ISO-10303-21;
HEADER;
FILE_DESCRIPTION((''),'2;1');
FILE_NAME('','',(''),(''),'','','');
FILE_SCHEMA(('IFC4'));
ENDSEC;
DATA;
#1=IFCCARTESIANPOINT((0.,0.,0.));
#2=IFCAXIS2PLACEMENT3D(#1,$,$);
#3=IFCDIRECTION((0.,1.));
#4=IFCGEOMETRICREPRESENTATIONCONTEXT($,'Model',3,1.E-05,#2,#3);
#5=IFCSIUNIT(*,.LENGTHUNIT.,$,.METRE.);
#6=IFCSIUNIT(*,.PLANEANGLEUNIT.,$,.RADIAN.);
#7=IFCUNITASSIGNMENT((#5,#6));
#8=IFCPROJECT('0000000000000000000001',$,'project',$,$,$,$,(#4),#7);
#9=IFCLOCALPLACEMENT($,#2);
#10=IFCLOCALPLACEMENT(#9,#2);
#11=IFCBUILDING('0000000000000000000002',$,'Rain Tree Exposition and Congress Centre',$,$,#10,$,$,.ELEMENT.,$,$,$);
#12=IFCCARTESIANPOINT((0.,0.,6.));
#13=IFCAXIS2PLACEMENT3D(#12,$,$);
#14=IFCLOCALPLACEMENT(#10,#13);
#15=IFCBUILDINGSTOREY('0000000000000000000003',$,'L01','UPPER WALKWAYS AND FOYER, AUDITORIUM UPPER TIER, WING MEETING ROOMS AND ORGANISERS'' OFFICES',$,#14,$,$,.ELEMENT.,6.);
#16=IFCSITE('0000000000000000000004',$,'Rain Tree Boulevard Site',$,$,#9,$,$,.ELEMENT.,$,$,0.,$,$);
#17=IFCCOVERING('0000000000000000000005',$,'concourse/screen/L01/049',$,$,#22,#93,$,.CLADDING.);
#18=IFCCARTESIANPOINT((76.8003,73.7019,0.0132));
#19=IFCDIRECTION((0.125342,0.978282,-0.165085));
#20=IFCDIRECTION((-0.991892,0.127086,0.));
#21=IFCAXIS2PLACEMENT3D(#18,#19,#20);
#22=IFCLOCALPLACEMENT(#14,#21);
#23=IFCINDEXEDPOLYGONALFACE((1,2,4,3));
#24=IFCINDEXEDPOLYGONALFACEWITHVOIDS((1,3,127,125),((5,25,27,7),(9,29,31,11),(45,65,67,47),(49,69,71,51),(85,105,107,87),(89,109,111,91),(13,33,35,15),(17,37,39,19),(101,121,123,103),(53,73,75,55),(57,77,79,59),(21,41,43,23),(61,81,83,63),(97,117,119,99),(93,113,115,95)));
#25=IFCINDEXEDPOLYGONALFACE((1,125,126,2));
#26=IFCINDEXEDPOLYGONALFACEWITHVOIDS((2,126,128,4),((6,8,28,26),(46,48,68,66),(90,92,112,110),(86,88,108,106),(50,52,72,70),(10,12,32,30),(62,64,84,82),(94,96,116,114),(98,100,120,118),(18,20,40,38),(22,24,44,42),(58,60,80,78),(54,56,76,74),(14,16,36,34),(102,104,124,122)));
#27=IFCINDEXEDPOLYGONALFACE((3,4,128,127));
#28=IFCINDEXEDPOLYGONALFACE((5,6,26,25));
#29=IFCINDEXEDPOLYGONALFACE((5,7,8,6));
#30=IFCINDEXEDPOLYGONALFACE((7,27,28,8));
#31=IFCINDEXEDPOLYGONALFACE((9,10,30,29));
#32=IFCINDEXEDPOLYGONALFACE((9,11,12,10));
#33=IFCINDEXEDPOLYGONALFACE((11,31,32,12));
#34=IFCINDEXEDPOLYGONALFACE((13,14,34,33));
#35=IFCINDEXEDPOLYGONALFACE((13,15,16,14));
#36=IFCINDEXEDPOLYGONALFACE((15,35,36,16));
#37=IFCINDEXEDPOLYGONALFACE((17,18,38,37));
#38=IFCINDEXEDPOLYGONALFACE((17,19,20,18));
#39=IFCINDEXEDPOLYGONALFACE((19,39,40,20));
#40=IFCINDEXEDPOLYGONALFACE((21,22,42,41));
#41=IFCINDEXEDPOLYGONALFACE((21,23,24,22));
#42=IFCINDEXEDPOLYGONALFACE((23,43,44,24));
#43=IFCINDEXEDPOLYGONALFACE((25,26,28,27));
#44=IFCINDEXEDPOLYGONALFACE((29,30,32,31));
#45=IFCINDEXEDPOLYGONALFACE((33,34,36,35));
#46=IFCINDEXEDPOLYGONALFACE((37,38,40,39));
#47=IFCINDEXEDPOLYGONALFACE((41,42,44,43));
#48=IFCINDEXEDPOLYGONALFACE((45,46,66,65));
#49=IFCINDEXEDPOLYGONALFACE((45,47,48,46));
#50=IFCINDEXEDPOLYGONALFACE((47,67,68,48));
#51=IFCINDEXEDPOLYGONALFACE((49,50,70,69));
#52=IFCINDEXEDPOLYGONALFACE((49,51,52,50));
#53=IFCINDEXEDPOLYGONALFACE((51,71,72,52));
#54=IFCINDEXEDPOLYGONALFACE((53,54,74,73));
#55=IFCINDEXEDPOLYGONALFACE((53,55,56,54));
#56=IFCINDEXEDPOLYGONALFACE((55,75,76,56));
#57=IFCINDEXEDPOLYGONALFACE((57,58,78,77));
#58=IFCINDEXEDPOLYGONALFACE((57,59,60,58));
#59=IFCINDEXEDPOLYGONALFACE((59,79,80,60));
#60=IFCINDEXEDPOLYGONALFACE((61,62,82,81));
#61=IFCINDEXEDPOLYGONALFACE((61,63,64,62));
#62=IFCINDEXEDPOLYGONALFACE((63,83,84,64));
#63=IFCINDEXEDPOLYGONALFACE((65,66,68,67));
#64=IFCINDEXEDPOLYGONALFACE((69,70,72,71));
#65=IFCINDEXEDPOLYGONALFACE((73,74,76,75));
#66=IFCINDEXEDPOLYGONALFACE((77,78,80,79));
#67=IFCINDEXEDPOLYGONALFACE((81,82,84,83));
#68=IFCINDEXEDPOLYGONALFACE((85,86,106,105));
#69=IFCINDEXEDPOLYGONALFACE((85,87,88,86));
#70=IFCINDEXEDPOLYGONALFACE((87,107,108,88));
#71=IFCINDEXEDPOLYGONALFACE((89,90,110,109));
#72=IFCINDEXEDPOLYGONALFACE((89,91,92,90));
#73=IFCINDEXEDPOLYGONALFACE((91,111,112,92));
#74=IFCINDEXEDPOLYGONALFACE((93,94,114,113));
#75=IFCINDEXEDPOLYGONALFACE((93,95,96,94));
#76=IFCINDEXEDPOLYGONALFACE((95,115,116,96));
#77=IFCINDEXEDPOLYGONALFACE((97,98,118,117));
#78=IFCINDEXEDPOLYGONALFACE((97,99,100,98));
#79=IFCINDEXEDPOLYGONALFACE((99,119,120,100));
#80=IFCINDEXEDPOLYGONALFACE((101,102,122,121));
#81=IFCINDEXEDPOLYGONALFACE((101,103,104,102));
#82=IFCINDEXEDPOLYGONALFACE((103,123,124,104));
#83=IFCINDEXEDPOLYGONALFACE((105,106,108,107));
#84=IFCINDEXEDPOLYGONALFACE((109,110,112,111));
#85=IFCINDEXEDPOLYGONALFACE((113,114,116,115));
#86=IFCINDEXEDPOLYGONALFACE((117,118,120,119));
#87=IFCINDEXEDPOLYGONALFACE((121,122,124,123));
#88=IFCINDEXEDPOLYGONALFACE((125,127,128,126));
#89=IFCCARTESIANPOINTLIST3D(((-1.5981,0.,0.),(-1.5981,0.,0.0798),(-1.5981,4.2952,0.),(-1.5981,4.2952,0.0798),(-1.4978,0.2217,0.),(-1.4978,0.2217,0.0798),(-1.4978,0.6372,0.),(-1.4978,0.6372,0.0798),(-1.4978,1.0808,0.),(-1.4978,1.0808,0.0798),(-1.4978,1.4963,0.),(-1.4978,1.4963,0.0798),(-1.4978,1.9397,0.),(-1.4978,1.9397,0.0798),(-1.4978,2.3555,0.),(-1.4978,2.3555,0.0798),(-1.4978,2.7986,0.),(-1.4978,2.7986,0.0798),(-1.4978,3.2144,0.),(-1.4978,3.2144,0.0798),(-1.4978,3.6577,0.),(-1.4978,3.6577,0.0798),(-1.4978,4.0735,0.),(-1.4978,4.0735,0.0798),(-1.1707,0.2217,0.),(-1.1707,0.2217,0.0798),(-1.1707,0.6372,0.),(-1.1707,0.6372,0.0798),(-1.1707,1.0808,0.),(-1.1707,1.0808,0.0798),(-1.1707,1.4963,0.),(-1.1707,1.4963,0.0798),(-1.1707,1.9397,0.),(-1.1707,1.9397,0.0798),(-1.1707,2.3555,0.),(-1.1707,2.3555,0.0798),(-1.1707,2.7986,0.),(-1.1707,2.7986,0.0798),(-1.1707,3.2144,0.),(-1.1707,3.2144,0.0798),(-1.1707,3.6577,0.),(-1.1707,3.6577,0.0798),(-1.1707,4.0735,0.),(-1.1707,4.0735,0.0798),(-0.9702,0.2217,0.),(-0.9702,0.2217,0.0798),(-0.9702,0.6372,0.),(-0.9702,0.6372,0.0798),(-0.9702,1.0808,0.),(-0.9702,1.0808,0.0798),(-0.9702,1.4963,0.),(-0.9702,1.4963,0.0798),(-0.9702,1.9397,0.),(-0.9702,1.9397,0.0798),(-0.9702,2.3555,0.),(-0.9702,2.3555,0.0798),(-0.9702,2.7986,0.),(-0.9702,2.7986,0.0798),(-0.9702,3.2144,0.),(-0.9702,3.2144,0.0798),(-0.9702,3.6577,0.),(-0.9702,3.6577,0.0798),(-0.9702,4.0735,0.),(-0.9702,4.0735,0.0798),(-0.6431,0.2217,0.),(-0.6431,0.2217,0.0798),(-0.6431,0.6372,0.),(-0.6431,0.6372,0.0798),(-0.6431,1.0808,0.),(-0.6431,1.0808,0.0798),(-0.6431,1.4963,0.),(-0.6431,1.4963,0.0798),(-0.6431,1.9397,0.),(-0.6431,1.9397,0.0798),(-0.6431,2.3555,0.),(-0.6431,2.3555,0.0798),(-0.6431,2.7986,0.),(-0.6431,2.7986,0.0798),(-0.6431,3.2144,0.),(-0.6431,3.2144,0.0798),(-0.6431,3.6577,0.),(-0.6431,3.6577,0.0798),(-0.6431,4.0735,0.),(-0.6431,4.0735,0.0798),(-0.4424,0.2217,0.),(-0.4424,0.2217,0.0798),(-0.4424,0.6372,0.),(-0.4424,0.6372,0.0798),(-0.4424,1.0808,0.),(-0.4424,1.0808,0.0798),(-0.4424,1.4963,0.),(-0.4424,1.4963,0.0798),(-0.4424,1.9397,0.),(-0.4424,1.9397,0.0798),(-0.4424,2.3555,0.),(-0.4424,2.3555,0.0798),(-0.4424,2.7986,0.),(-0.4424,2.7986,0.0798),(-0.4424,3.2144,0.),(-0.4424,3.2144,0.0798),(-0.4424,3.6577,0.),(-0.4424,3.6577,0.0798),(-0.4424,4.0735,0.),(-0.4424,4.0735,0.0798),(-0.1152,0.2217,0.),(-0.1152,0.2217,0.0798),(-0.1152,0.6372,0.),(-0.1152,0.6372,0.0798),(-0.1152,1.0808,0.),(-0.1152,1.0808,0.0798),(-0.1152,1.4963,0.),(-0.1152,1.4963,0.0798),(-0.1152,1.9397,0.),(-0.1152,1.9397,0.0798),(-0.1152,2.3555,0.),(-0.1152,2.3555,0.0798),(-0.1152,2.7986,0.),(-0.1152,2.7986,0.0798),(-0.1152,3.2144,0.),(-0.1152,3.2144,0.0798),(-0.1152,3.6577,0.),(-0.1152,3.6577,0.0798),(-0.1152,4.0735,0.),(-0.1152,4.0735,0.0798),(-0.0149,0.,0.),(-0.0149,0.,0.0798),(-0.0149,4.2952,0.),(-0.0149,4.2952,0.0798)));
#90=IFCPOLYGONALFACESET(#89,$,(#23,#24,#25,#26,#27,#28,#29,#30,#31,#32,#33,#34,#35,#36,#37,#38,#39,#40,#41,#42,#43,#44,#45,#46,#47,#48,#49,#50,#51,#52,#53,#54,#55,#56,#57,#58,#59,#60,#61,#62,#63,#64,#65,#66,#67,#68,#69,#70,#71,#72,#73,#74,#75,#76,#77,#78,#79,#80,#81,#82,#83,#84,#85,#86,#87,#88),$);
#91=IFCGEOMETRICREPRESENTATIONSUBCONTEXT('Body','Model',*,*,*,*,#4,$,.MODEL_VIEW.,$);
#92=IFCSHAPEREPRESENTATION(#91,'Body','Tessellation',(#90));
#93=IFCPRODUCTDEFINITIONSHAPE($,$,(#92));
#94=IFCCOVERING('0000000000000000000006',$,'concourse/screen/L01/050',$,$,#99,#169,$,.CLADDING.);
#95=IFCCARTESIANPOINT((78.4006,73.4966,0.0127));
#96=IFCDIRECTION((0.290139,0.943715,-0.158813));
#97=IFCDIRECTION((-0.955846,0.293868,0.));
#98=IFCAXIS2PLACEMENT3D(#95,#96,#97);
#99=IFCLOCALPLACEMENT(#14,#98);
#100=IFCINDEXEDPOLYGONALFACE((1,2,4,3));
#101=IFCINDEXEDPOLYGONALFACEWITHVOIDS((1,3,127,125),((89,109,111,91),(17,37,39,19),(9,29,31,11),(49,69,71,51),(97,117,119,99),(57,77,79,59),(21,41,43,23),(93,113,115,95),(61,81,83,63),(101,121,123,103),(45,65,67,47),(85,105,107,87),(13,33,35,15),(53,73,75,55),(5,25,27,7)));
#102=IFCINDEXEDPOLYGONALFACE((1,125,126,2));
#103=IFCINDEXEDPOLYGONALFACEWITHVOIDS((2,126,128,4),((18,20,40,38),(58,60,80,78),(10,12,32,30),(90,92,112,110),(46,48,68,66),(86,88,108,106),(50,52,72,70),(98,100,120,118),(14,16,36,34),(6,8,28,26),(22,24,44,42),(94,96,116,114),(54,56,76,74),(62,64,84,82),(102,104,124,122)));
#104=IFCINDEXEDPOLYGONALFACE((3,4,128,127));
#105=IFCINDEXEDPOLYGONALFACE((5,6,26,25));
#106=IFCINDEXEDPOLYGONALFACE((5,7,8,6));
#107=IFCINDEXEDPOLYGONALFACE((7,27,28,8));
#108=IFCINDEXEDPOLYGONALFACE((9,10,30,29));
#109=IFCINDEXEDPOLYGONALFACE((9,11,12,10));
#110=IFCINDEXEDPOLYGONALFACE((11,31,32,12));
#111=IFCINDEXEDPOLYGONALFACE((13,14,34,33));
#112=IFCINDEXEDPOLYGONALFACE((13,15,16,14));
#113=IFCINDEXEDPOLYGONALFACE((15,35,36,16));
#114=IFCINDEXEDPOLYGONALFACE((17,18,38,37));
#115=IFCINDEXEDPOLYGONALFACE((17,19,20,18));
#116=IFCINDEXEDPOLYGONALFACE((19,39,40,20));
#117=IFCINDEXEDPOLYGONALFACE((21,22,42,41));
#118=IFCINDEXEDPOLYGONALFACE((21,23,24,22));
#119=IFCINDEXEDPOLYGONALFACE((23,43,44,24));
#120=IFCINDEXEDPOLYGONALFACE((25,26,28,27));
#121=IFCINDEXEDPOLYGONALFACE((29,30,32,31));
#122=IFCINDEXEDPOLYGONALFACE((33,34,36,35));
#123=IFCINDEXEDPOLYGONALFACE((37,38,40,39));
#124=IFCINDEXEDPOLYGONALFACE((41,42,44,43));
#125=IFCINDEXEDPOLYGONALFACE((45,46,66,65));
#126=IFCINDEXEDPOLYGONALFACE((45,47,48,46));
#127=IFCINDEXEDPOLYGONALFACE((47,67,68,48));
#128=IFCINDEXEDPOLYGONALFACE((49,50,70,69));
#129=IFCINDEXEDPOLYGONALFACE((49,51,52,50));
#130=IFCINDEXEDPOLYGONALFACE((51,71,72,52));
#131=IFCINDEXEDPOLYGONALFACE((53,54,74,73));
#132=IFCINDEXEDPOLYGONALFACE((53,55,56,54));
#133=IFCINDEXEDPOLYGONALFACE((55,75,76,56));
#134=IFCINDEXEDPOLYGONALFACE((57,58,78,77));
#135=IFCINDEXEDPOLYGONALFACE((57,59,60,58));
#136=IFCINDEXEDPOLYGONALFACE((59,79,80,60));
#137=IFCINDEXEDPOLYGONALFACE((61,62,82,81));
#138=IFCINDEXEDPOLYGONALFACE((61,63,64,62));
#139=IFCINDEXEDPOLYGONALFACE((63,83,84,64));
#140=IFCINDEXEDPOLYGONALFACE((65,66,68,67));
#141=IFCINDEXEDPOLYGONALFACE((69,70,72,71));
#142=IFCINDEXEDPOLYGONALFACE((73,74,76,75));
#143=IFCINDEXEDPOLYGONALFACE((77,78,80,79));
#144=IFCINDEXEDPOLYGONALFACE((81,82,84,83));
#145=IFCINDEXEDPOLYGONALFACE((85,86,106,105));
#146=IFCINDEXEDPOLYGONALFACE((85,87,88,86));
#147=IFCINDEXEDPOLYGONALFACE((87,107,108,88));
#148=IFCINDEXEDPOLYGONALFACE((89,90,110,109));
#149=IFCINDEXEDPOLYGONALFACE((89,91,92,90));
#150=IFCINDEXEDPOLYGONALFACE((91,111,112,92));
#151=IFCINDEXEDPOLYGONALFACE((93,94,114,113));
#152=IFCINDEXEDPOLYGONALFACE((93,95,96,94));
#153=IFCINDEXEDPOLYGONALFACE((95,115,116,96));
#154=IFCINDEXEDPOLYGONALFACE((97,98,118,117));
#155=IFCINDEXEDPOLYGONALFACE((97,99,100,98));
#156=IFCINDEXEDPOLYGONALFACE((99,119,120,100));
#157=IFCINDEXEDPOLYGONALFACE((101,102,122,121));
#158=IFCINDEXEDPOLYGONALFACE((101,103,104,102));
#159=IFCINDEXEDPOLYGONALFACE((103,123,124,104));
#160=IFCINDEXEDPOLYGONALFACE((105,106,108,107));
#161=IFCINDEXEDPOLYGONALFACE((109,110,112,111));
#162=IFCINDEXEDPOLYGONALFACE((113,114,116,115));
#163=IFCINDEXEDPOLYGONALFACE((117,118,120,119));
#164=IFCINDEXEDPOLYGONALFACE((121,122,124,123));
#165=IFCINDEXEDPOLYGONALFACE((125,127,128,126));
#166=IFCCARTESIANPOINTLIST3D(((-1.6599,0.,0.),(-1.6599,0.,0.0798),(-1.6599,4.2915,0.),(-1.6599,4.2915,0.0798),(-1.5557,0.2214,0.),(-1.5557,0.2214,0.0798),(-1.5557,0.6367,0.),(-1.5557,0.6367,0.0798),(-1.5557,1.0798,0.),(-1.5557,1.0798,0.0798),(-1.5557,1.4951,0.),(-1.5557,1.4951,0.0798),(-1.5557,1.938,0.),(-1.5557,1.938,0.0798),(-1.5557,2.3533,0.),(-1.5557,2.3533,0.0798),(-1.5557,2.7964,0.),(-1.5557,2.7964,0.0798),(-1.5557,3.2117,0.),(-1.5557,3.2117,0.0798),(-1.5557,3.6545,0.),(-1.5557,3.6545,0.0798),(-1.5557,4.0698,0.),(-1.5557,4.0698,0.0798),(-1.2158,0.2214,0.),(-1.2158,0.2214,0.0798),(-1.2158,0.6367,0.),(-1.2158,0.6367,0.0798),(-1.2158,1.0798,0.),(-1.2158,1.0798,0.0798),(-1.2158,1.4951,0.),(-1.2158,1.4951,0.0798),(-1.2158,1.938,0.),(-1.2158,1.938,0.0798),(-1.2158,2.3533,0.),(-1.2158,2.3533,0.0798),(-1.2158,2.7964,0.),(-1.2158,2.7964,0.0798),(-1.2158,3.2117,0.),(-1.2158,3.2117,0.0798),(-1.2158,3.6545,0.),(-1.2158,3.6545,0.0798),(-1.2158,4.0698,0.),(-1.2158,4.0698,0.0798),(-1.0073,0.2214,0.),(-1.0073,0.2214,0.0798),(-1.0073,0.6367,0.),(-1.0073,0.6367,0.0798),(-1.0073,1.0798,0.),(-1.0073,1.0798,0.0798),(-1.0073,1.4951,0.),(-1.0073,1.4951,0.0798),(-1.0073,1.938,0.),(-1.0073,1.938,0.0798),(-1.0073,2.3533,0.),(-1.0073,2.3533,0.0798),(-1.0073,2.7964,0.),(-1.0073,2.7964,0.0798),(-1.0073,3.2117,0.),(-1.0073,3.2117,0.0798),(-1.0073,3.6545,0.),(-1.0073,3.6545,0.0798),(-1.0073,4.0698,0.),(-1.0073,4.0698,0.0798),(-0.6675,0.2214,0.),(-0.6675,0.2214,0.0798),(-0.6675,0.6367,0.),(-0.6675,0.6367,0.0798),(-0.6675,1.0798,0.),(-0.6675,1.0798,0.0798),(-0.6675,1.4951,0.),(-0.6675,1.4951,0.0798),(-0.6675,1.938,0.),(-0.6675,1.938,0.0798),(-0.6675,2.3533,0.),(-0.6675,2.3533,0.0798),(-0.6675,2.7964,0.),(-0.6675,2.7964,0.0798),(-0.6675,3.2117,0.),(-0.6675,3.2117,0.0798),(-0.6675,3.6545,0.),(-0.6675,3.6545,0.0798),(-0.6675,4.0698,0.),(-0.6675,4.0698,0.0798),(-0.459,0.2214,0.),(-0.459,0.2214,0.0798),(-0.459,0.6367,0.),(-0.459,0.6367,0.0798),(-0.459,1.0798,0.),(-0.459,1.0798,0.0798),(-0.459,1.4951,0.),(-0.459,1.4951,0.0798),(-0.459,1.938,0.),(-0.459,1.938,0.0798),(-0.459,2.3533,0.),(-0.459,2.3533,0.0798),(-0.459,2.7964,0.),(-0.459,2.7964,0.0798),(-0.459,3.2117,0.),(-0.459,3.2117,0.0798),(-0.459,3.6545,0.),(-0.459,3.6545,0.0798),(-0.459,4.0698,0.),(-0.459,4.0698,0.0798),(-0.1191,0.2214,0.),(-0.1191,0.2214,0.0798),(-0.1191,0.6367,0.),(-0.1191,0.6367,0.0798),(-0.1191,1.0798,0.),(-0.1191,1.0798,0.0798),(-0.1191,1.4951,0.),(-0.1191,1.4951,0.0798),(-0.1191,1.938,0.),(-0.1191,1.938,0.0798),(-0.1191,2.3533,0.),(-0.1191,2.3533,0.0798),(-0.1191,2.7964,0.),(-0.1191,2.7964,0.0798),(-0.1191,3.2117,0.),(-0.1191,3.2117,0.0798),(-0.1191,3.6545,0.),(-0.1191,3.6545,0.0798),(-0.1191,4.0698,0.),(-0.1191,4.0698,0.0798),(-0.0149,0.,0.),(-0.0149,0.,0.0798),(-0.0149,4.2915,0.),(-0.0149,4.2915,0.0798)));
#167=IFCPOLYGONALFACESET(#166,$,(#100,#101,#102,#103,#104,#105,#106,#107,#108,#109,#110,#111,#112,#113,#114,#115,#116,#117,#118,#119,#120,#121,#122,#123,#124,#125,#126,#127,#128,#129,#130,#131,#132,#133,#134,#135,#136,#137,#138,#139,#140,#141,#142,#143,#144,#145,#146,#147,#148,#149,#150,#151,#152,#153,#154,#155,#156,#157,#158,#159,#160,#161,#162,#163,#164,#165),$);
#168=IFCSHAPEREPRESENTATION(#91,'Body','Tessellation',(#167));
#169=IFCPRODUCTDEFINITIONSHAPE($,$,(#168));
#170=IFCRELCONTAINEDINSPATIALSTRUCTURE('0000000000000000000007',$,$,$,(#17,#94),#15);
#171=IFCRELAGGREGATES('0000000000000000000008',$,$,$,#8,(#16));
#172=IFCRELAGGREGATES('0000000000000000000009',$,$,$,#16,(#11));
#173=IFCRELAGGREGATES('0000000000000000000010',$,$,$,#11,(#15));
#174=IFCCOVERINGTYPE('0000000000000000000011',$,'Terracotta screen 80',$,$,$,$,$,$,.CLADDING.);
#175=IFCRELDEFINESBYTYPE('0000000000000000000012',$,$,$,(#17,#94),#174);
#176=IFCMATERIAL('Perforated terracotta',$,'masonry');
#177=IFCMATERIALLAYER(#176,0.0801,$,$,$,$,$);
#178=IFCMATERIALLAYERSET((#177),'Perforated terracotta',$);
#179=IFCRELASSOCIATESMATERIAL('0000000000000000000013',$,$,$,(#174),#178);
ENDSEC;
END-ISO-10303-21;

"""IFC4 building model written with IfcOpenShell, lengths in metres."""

from ifc_helpers import new_model, si_unit, direction, frame, origin, place, context, subcontext, project, spatial, polyline, outline, extrude, material, layer, layer_set, type_object, element, save


model = new_model("IFC4")

# Units and contexts
model_context = context("Model", 3, precision=1e-05, world=origin(), true_north=direction((0.0, 1.0)))
body_context = subcontext(model_context, "Body", "Model", "MODEL_VIEW")
ifc_project = project(units=[si_unit("LENGTHUNIT", "METRE"), si_unit("PLANEANGLEUNIT", "RADIAN")], contexts=[model_context])

# Site, building, storey
site_placement = place(None, origin())
site = spatial("IfcSite", under=ifc_project, at=site_placement, Name="Rain Tree Boulevard Site", CompositionType="ELEMENT", RefElevation=0.0)
building_placement = place(site_placement, origin())
building = spatial("IfcBuilding", under=site, at=building_placement, Name="Rain Tree Exposition and Congress Centre", CompositionType="ELEMENT")
storey_placement = place(building_placement, frame((0.0, 0.0, 6.0)))
storey = spatial("IfcBuildingStorey", under=building, at=storey_placement, Name="L01", Description="UPPER WALKWAYS AND FOYER, AUDITORIUM UPPER TIER, WING MEETING ROOMS AND ORGANISERS' OFFICES", CompositionType="ELEMENT", Elevation=6.0)

# Coverings
ifc_material_1 = material(Name="Perforated terracotta", Category="masonry")
ifc_layer = layer(ifc_material_1, 0.0801)
ifc_layer_set = layer_set([ifc_layer], Name="Perforated terracotta")
covering_type = type_object("IfcCoveringType", Name="Terracotta screen 80", PredefinedType="CLADDING", material=ifc_layer_set)
covering_1_placement = place(storey_placement, frame((76.8003, 73.7019, 0.0132), z_axis=(0.125342, 0.978282, -0.165085), x_axis=(-0.991892, 0.127086, 0.0)))
element("IfcCovering", 1, at=covering_1_placement, inside=storey, type_object=covering_type, Name="concourse/screen/L01/049", PredefinedType="CLADDING", context=body_context, shape_type="SweptSolid", body=[
    extrude(outline(polyline([(-1.5981, 0.0), (-1.5981, 4.2952), (-0.0149, 4.2952), (-0.0149, 0.0), (-1.5981, 0.0)]), holes=[polyline([(-0.1152, 0.2217), (-0.1152, 0.6372), (-0.4424, 0.6372), (-0.4424, 0.2217), (-0.1152, 0.2217)]), polyline([(-0.1152, 1.0808), (-0.1152, 1.4963), (-0.4424, 1.4963), (-0.4424, 1.0808), (-0.1152, 1.0808)]), polyline([(-0.1152, 1.9397), (-0.1152, 2.3555), (-0.4424, 2.3555), (-0.4424, 1.9397), (-0.1152, 1.9397)]), polyline([(-0.1152, 2.7986), (-0.1152, 3.2144), (-0.4424, 3.2144), (-0.4424, 2.7986), (-0.1152, 2.7986)]), polyline([(-0.1152, 3.6577), (-0.1152, 4.0735), (-0.4424, 4.0735), (-0.4424, 3.6577), (-0.1152, 3.6577)]), polyline([(-0.6431, 0.2217), (-0.6431, 0.6372), (-0.9702, 0.6372), (-0.9702, 0.2217), (-0.6431, 0.2217)]), polyline([(-0.6431, 1.0808), (-0.6431, 1.4963), (-0.9702, 1.4963), (-0.9702, 1.0808), (-0.6431, 1.0808)]), polyline([(-0.6431, 1.9397), (-0.6431, 2.3555), (-0.9702, 2.3555), (-0.9702, 1.9397), (-0.6431, 1.9397)]), polyline([(-0.6431, 2.7986), (-0.6431, 3.2144), (-0.9702, 3.2144), (-0.9702, 2.7986), (-0.6431, 2.7986)]), polyline([(-0.6431, 3.6577), (-0.6431, 4.0735), (-0.9702, 4.0735), (-0.9702, 3.6577), (-0.6431, 3.6577)]), polyline([(-1.1707, 0.2217), (-1.1707, 0.6372), (-1.4978, 0.6372), (-1.4978, 0.2217), (-1.1707, 0.2217)]), polyline([(-1.1707, 1.0808), (-1.1707, 1.4963), (-1.4978, 1.4963), (-1.4978, 1.0808), (-1.1707, 1.0808)]), polyline([(-1.1707, 1.9397), (-1.1707, 2.3555), (-1.4978, 2.3555), (-1.4978, 1.9397), (-1.1707, 1.9397)]), polyline([(-1.1707, 2.7986), (-1.1707, 3.2144), (-1.4978, 3.2144), (-1.4978, 2.7986), (-1.1707, 2.7986)]), polyline([(-1.1707, 3.6577), (-1.1707, 4.0735), (-1.4978, 4.0735), (-1.4978, 3.6577), (-1.1707, 3.6577)])]), origin(), (0.0, 0.0, 1.0), 0.0798),
])
covering_2_placement = place(storey_placement, frame((78.4006, 73.4966, 0.0127), z_axis=(0.290139, 0.943715, -0.158813), x_axis=(-0.955846, 0.293868, 0.0)))
element("IfcCovering", 2, at=covering_2_placement, inside=storey, type_object=covering_type, Name="concourse/screen/L01/050", PredefinedType="CLADDING", context=body_context, shape_type="SweptSolid", body=[
    extrude(outline(polyline([(-1.6599, 0.0), (-1.6599, 4.2915), (-0.0149, 4.2915), (-0.0149, 0.0), (-1.6599, 0.0)]), holes=[polyline([(-0.1191, 0.2214), (-0.1191, 0.6367), (-0.459, 0.6367), (-0.459, 0.2214), (-0.1191, 0.2214)]), polyline([(-0.1191, 1.0798), (-0.1191, 1.4951), (-0.459, 1.4951), (-0.459, 1.0798), (-0.1191, 1.0798)]), polyline([(-0.1191, 1.938), (-0.1191, 2.3533), (-0.459, 2.3533), (-0.459, 1.938), (-0.1191, 1.938)]), polyline([(-0.1191, 2.7964), (-0.1191, 3.2117), (-0.459, 3.2117), (-0.459, 2.7964), (-0.1191, 2.7964)]), polyline([(-0.1191, 3.6545), (-0.1191, 4.0698), (-0.459, 4.0698), (-0.459, 3.6545), (-0.1191, 3.6545)]), polyline([(-0.6675, 0.2214), (-0.6675, 0.6367), (-1.0073, 0.6367), (-1.0073, 0.2214), (-0.6675, 0.2214)]), polyline([(-0.6675, 1.0798), (-0.6675, 1.4951), (-1.0073, 1.4951), (-1.0073, 1.0798), (-0.6675, 1.0798)]), polyline([(-0.6675, 1.938), (-0.6675, 2.3533), (-1.0073, 2.3533), (-1.0073, 1.938), (-0.6675, 1.938)]), polyline([(-0.6675, 2.7964), (-0.6675, 3.2117), (-1.0073, 3.2117), (-1.0073, 2.7964), (-0.6675, 2.7964)]), polyline([(-0.6675, 3.6545), (-0.6675, 4.0698), (-1.0073, 4.0698), (-1.0073, 3.6545), (-0.6675, 3.6545)]), polyline([(-1.2158, 0.2214), (-1.2158, 0.6367), (-1.5557, 0.6367), (-1.5557, 0.2214), (-1.2158, 0.2214)]), polyline([(-1.2158, 1.0798), (-1.2158, 1.4951), (-1.5557, 1.4951), (-1.5557, 1.0798), (-1.2158, 1.0798)]), polyline([(-1.2158, 1.938), (-1.2158, 2.3533), (-1.5557, 2.3533), (-1.5557, 1.938), (-1.2158, 1.938)]), polyline([(-1.2158, 2.7964), (-1.2158, 3.2117), (-1.5557, 3.2117), (-1.5557, 2.7964), (-1.2158, 2.7964)]), polyline([(-1.2158, 3.6545), (-1.2158, 4.0698), (-1.5557, 4.0698), (-1.5557, 3.6545), (-1.2158, 3.6545)])]), origin(), (0.0, 0.0, 1.0), 0.0798),
])

save(model, "model.ifc")
